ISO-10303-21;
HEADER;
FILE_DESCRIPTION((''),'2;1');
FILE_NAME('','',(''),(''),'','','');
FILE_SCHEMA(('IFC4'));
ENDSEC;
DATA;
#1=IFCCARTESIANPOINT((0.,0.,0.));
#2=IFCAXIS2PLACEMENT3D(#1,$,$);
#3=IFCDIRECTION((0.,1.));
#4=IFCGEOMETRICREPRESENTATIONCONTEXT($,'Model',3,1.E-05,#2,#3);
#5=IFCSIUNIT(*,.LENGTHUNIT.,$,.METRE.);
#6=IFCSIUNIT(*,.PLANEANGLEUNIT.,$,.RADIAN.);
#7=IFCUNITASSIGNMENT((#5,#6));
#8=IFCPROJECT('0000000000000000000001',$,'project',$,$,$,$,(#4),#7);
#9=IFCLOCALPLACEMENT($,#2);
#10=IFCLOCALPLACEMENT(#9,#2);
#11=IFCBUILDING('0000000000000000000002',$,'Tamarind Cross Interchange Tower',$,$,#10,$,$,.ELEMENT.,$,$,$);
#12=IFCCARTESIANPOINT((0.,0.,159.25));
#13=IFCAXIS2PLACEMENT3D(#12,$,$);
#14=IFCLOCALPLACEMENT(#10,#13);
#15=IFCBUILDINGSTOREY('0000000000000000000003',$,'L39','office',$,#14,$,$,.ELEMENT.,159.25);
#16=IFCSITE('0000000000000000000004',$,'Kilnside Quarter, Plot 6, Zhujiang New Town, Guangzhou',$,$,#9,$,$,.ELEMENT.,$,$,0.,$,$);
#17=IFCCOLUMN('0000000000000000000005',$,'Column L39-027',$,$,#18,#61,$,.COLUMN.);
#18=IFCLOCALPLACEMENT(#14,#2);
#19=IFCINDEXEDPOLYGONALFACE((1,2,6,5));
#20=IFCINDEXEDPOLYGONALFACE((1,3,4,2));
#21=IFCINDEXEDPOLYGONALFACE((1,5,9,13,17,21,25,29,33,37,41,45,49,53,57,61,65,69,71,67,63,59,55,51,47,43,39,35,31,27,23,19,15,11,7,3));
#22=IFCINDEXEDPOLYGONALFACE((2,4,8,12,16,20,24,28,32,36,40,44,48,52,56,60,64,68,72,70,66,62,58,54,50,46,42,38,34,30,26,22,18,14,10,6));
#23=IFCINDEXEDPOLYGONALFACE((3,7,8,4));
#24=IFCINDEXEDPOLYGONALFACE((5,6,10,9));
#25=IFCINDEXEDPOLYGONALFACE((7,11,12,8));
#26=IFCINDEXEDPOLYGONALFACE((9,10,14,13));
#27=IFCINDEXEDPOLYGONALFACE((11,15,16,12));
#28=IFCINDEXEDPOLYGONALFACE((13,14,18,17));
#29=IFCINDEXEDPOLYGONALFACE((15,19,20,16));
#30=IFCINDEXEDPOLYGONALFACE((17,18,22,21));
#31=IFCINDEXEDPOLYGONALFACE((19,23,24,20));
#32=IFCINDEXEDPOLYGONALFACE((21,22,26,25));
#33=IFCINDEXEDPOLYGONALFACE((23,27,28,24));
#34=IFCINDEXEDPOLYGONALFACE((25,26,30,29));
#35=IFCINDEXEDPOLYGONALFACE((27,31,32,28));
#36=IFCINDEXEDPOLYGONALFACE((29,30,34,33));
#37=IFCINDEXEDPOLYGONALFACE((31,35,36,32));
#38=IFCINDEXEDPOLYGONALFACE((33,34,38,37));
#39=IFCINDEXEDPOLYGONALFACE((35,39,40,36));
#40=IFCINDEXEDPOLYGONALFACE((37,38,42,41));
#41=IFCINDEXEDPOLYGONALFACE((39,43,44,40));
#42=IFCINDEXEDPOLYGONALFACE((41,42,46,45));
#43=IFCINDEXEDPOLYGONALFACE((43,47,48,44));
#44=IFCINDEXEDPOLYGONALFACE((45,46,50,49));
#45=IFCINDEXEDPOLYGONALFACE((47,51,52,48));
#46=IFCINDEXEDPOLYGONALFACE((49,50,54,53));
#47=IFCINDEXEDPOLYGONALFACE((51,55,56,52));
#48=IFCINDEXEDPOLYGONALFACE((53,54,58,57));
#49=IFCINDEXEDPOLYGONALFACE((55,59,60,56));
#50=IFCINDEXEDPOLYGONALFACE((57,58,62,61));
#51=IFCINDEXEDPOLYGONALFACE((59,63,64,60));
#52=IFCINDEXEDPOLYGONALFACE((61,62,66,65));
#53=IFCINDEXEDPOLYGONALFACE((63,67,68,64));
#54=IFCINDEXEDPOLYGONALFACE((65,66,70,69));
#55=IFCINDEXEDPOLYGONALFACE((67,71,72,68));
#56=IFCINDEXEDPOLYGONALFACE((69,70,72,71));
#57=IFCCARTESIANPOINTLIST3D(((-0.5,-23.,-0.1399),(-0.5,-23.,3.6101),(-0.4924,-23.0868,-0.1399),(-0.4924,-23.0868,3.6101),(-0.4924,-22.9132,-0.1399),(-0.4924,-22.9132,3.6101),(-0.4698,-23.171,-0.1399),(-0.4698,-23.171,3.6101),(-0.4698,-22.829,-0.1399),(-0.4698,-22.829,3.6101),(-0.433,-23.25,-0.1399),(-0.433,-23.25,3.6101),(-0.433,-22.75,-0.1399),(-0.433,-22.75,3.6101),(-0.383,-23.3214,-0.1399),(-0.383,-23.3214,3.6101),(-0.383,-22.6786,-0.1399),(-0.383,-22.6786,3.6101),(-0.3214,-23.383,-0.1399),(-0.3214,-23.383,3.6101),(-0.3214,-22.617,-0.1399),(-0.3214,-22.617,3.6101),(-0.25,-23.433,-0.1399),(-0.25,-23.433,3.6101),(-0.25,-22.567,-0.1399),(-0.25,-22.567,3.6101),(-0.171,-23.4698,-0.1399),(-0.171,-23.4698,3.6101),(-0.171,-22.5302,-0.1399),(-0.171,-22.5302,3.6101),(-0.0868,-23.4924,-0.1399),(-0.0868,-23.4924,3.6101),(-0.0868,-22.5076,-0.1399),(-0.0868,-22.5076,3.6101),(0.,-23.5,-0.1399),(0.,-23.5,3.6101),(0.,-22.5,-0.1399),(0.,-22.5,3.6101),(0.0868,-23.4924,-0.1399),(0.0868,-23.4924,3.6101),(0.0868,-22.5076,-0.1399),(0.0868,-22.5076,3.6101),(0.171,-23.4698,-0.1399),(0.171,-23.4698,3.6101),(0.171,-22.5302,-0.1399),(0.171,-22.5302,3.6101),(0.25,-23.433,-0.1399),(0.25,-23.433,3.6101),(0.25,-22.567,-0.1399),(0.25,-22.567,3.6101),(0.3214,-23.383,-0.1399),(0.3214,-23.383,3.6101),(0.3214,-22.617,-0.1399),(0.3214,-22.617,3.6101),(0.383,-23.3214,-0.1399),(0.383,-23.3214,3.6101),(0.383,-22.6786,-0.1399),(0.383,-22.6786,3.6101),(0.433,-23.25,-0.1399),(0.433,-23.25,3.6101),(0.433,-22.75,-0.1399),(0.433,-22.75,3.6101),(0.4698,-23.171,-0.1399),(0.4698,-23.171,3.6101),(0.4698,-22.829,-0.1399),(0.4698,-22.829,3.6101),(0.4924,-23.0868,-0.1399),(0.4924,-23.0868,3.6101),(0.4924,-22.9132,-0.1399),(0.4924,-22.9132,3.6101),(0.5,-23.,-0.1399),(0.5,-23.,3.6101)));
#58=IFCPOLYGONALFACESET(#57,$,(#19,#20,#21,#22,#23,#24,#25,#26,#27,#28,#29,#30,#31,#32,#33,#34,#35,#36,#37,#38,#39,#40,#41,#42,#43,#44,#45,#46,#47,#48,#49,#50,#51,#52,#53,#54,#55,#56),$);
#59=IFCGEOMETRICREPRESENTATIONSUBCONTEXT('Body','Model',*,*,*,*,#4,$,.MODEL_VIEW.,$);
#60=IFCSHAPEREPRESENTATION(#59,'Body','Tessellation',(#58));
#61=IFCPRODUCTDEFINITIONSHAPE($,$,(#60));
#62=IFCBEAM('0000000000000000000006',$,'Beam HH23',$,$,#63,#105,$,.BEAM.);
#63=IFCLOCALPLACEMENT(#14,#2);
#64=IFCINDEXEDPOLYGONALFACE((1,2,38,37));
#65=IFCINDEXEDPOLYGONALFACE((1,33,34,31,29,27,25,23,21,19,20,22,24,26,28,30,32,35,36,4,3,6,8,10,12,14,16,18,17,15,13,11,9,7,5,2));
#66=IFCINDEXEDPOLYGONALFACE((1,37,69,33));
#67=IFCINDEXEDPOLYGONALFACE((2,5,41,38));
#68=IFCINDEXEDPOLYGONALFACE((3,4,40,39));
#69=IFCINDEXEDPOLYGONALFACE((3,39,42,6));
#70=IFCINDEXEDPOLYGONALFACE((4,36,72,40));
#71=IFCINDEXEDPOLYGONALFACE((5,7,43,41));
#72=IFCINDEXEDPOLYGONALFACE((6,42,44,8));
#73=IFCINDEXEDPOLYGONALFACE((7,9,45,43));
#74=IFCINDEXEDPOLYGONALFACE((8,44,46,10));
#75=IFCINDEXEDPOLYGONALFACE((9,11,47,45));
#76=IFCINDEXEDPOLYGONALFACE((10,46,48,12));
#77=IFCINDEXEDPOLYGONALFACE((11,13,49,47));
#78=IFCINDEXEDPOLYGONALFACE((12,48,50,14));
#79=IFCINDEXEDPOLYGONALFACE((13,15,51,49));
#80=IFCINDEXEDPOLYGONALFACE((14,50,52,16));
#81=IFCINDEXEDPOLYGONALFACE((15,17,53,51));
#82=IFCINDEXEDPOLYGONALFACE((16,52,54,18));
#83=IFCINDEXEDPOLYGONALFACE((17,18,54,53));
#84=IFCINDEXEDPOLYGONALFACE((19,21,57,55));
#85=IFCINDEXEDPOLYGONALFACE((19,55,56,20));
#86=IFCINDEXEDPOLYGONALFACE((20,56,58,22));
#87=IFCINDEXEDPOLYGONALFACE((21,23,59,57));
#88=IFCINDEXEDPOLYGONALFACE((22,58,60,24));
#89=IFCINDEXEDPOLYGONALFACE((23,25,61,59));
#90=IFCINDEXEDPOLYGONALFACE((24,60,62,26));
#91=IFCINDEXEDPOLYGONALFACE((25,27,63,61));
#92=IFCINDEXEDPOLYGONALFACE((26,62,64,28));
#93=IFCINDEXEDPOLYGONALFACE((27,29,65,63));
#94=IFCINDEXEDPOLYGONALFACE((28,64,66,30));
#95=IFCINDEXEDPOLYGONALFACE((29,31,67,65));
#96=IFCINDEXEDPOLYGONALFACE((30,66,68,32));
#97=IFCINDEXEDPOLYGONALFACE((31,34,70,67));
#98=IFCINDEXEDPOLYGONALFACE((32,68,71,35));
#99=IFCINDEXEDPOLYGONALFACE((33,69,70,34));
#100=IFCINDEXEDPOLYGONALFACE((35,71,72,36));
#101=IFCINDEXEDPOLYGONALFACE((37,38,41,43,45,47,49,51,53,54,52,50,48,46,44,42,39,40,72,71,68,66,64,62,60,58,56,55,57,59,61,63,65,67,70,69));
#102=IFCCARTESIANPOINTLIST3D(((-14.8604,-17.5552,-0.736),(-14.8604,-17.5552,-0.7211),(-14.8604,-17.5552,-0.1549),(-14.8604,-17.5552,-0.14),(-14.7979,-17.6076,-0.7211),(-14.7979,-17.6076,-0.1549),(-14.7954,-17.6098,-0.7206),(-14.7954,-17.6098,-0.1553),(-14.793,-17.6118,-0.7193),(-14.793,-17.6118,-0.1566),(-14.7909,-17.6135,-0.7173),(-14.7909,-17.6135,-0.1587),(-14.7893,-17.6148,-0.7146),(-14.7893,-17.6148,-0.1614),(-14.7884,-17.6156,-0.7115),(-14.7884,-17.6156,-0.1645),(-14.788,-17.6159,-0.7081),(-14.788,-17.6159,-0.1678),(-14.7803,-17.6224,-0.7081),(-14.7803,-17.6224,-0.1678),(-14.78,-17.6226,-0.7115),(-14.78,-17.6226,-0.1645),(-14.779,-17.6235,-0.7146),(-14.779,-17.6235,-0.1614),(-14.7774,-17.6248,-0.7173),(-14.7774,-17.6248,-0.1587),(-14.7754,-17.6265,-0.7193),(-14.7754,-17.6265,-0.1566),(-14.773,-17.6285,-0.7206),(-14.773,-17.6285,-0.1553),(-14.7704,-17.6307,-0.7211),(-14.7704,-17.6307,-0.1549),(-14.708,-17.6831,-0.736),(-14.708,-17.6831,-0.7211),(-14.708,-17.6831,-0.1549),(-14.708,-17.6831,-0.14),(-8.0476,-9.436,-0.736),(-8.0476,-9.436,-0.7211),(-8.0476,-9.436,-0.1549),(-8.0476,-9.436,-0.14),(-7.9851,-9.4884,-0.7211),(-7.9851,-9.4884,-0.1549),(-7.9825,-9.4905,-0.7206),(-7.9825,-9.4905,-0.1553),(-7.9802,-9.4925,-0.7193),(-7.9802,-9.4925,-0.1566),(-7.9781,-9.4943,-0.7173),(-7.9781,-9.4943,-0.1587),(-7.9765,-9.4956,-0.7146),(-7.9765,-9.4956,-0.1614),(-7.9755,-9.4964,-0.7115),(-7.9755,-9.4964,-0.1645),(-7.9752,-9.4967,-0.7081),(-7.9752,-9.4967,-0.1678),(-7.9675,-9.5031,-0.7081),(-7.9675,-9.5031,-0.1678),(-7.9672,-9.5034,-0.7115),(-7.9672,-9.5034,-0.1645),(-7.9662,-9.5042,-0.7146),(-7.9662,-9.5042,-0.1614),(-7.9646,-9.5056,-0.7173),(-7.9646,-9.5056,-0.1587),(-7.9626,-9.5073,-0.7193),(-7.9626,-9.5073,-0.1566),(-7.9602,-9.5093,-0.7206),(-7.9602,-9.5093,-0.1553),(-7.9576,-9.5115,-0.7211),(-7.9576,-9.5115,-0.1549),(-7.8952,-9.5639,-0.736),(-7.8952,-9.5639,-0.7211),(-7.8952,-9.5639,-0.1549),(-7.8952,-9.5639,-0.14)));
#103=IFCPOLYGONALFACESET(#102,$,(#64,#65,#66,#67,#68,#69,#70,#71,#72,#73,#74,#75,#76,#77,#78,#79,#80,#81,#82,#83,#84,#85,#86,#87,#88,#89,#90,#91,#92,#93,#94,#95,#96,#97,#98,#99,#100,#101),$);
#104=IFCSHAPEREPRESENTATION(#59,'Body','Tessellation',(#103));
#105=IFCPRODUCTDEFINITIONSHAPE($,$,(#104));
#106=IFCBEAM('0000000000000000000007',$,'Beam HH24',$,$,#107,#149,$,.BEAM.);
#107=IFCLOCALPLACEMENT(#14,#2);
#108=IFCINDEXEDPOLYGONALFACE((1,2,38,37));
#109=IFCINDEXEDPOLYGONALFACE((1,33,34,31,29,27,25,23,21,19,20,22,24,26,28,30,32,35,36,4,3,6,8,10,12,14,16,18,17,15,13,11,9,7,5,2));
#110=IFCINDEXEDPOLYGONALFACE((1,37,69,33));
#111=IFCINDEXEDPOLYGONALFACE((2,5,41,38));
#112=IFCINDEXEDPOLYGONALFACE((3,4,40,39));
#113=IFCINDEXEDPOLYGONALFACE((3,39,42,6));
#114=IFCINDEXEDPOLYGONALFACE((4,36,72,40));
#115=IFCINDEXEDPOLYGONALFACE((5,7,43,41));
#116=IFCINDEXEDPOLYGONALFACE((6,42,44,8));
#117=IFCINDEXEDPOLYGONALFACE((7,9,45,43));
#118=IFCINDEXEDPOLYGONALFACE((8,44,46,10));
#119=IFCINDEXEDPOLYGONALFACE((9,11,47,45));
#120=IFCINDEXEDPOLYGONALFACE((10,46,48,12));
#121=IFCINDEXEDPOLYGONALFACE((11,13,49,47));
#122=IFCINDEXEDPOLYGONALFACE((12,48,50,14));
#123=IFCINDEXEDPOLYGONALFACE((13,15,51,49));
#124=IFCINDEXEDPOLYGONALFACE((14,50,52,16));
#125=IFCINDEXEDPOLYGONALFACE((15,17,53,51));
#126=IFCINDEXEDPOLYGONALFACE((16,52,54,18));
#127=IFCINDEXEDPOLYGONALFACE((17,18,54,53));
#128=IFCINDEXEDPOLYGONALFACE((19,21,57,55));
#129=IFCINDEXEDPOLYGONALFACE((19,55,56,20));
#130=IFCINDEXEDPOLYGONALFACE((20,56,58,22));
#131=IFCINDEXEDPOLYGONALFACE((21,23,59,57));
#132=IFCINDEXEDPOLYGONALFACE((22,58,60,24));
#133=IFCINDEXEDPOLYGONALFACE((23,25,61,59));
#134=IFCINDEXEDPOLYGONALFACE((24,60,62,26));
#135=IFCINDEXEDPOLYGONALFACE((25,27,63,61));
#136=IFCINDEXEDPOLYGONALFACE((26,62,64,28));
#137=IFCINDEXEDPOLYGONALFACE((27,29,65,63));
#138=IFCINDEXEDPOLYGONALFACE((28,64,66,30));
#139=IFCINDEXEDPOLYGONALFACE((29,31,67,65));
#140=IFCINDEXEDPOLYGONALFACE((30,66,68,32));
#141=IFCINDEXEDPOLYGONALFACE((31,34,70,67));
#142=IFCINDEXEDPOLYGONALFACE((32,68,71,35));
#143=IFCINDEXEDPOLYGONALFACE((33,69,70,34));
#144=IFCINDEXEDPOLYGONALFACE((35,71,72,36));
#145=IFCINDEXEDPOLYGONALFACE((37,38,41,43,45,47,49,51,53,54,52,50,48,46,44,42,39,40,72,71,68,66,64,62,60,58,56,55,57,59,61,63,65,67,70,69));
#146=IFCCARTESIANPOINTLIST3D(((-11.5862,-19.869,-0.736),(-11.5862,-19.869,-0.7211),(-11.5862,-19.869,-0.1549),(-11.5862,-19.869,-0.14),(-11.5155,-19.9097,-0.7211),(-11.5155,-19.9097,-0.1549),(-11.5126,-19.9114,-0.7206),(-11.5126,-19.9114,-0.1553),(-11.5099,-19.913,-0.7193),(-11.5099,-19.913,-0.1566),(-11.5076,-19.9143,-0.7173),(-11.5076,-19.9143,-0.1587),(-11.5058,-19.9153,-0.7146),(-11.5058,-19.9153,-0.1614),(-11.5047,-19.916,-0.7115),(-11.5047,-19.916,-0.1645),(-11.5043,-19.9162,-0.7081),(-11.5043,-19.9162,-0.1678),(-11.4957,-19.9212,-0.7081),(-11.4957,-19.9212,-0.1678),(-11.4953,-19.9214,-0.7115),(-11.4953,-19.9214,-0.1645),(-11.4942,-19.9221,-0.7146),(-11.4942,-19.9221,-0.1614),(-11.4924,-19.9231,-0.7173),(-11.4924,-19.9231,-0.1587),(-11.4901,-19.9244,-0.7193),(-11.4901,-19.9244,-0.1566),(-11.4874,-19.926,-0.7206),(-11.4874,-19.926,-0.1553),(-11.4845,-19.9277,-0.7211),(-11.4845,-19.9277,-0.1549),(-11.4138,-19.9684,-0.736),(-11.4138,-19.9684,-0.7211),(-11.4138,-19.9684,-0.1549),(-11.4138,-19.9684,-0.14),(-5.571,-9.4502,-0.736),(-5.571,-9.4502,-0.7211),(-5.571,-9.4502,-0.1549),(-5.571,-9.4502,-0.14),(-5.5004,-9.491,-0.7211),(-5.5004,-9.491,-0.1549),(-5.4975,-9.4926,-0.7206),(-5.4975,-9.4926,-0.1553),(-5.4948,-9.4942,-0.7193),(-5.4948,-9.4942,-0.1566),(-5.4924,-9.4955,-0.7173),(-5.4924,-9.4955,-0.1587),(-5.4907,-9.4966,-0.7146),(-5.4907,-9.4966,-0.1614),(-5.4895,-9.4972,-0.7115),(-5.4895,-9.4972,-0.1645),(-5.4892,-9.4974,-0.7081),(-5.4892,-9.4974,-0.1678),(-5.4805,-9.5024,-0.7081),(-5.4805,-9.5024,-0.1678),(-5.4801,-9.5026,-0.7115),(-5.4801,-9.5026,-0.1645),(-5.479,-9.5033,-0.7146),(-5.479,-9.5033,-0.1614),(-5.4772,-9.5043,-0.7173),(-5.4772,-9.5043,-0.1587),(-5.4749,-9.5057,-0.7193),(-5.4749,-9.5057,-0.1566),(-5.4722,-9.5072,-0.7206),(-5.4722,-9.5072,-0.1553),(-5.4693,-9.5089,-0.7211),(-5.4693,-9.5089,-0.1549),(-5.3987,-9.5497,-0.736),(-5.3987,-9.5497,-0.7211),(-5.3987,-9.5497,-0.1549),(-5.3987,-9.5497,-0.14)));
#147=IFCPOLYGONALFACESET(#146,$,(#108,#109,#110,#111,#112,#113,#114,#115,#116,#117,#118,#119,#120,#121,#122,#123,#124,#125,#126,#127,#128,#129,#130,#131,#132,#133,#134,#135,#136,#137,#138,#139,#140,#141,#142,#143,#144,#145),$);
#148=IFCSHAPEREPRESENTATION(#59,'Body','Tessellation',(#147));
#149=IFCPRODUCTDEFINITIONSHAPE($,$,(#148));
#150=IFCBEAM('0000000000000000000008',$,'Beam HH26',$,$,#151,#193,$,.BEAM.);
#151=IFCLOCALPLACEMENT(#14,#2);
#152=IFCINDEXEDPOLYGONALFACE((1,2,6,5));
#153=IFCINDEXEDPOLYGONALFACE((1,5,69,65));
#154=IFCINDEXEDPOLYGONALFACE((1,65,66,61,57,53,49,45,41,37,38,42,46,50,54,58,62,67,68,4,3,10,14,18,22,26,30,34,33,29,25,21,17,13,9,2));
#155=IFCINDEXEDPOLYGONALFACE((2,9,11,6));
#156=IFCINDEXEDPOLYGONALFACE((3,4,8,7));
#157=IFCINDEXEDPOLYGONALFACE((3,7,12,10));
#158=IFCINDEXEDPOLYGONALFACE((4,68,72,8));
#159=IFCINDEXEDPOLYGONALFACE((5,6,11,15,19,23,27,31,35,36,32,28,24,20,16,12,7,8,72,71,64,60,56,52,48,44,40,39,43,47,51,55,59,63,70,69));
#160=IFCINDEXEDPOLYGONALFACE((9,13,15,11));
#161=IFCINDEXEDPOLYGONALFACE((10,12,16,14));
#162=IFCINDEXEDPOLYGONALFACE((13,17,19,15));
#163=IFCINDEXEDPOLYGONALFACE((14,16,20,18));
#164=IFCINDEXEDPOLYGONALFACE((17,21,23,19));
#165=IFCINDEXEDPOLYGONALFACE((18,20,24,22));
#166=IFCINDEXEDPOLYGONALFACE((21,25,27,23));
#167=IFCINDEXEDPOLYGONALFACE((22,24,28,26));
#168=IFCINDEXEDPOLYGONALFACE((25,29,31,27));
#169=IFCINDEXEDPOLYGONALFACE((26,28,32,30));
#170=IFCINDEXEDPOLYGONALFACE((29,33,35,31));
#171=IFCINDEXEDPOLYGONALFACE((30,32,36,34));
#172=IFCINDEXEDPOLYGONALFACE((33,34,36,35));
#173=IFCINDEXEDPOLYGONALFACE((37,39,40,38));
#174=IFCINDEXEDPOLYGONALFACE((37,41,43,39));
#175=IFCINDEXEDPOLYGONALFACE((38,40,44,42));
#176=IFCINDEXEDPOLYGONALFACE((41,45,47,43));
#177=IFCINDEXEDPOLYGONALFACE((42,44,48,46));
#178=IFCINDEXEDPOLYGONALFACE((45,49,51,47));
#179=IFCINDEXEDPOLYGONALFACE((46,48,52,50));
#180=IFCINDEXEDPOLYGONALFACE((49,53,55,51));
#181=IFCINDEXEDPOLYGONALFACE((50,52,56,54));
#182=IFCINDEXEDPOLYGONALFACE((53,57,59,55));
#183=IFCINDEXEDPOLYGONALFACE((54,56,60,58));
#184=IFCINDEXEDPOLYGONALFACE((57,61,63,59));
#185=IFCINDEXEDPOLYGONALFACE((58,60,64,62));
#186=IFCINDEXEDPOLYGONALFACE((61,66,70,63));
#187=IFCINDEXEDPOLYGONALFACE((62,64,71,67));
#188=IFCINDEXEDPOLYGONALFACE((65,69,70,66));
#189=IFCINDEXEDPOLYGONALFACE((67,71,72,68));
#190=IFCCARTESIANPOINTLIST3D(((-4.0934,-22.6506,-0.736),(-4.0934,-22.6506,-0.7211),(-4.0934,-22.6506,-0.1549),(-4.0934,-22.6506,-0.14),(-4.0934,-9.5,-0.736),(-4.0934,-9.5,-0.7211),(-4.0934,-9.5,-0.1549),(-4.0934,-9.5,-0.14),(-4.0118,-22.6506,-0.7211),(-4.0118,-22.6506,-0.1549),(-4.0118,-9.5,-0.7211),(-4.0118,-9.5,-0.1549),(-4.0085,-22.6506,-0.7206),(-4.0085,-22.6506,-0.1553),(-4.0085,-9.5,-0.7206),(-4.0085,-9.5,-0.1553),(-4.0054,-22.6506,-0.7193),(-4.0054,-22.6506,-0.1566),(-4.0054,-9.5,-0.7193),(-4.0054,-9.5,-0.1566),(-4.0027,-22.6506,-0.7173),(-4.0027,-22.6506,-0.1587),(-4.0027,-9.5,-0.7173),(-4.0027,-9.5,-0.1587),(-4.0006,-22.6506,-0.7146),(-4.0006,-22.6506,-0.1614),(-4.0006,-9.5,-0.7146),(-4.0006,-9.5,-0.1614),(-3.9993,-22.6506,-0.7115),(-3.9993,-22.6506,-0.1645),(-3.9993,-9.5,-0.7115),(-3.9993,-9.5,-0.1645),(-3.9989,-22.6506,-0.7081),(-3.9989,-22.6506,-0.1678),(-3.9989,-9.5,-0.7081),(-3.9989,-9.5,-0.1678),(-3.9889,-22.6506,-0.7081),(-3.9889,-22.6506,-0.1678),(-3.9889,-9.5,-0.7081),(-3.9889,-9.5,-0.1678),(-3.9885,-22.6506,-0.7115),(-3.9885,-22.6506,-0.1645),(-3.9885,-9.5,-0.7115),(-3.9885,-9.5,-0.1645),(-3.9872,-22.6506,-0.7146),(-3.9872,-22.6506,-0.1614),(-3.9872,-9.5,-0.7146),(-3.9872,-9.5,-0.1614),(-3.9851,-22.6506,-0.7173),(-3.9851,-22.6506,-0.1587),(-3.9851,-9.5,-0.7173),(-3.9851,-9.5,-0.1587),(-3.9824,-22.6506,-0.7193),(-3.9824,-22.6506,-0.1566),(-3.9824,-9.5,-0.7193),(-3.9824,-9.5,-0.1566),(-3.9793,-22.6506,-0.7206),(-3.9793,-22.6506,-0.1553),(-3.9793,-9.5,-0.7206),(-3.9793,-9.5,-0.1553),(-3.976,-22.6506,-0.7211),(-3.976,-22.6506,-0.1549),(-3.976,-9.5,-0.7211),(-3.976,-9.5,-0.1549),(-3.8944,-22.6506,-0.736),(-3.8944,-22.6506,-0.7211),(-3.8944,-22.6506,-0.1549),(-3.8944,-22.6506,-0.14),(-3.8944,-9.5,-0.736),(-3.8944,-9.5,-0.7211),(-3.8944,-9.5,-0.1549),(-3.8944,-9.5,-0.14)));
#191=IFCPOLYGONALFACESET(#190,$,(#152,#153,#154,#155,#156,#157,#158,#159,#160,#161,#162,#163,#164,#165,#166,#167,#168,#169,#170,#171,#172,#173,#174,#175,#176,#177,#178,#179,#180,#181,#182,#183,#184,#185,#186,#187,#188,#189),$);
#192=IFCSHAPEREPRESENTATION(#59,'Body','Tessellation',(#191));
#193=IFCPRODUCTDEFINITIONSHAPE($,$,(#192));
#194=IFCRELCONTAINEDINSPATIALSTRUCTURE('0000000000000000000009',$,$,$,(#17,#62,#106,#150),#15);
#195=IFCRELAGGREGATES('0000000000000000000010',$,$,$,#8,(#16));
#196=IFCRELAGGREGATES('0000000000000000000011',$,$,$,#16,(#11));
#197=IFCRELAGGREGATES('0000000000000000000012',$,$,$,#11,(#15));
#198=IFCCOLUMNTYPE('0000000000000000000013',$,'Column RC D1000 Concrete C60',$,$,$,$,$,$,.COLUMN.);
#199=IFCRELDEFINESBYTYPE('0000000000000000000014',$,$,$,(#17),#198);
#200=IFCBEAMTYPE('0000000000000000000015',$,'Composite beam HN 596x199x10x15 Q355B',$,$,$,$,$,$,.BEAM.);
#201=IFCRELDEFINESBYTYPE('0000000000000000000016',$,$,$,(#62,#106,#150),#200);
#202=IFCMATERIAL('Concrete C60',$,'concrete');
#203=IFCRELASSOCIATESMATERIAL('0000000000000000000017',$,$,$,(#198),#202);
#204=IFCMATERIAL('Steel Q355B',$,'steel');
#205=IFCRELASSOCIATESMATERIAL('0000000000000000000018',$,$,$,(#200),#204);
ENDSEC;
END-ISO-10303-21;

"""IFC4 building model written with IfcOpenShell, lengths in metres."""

from ifc_helpers import new_model, si_unit, direction, frame, origin, origin_2d, place, context, subcontext, project, spatial, circle, i_section, extrude, material, material_profile, profile_set, type_object, element, save


model = new_model("IFC4")

# Units and contexts
model_context = context("Model", 3, precision=1e-05, world=origin(), true_north=direction((0.0, 1.0)))
body_context = subcontext(model_context, "Body", "Model", "MODEL_VIEW")
ifc_project = project(units=[si_unit("LENGTHUNIT", "METRE"), si_unit("PLANEANGLEUNIT", "RADIAN")], contexts=[model_context])

# Site, building, storey
site_placement = place(None, origin())
site = spatial("IfcSite", under=ifc_project, at=site_placement, Name="Kilnside Quarter, Plot 6, Zhujiang New Town, Guangzhou", CompositionType="ELEMENT", RefElevation=0.0)
building_placement = place(site_placement, origin())
building = spatial("IfcBuilding", under=site, at=building_placement, Name="Tamarind Cross Interchange Tower", CompositionType="ELEMENT")
storey_placement = place(building_placement, frame((0.0, 0.0, 159.25)))
storey = spatial("IfcBuildingStorey", under=building, at=storey_placement, Name="L39", Description="office", CompositionType="ELEMENT", Elevation=159.25)

# Column
ifc_material_1 = material(Name="Concrete C60", Category="concrete")
ifc_material_profile_1 = material_profile(ifc_material_1, circle(Radius=0.5, at=origin_2d()), Name="RC D1000")
ifc_profile_set_1 = profile_set([ifc_material_profile_1], Name="Concrete C60")
column_type = type_object("IfcColumnType", Name="Column RC D1000 Concrete C60", PredefinedType="COLUMN", material=ifc_profile_set_1)
for number, where, z_axis, x_axis, name in (
    (1, (0.0, -23.0, -0.1399), (0.0, 0.0, 1.0), (1.0, 0.0, 0.0), "Column L39-027"),
):
    element("IfcColumn", number, at=place(storey_placement, frame(where, z_axis=z_axis, x_axis=x_axis)), inside=storey, type_object=column_type, Name=name, PredefinedType="COLUMN", context=body_context, shape_type="SweptSolid", body=[
        extrude(circle(Radius=0.5, at=origin_2d()), origin(), (0.0, 0.0, 1.0), 3.75),
    ])

# Beams
ifc_material_2 = material(Name="Steel Q355B", Category="steel")
ifc_material_profile_2 = material_profile(ifc_material_2, i_section(OverallWidth=0.199, OverallDepth=0.5959, WebThickness=0.01, FlangeThickness=0.0149, FilletRadius=0.0129, at=origin_2d()), Name="HN 596x199x10x15")
ifc_profile_set_2 = profile_set([ifc_material_profile_2], Name="Steel Q355B")
beam_type = type_object("IfcBeamType", Name="Composite beam HN 596x199x10x15 Q355B", PredefinedType="BEAM", material=ifc_profile_set_2)
beam_1_placement = place(storey_placement, frame((-14.7842, -17.6191, -0.438), z_axis=(0.642786, 0.766046, 0.0), x_axis=(-0.766046, 0.642786, 0.0)))
element("IfcBeam", 2, at=beam_1_placement, inside=storey, type_object=beam_type, Name="Beam HH23", PredefinedType="BEAM", context=body_context, shape_type="SweptSolid", body=[
    extrude(i_section(OverallWidth=0.199, OverallDepth=0.5959, WebThickness=0.01, FlangeThickness=0.0149, FilletRadius=0.0129, at=origin_2d()), origin(), (0.0, 0.0, 1.0), 10.5989),
])
beam_2_placement = place(storey_placement, frame((-11.5, -19.9187, -0.438), z_axis=(0.499994, 0.866029, 0.0), x_axis=(-0.866029, 0.499994, 0.0)))
element("IfcBeam", 3, at=beam_2_placement, inside=storey, type_object=beam_type, Name="Beam HH24", PredefinedType="BEAM", context=body_context, shape_type="SweptSolid", body=[
    extrude(i_section(OverallWidth=0.199, OverallDepth=0.5959, WebThickness=0.01, FlangeThickness=0.0149, FilletRadius=0.0129, at=origin_2d()), origin(), (0.0, 0.0, 1.0), 12.0305),
])
beam_3_placement = place(storey_placement, frame((-3.9939, -22.6506, -0.438), z_axis=(0.0, 1.0, 0.0), x_axis=(-1.0, 0.0, 0.0)))
element("IfcBeam", 4, at=beam_3_placement, inside=storey, type_object=beam_type, Name="Beam HH26", PredefinedType="BEAM", context=body_context, shape_type="SweptSolid", body=[
    extrude(i_section(OverallWidth=0.199, OverallDepth=0.5959, WebThickness=0.01, FlangeThickness=0.0149, FilletRadius=0.0129, at=origin_2d()), origin(), (0.0, 0.0, 1.0), 13.1506),
])

save(model, "model.ifc")
